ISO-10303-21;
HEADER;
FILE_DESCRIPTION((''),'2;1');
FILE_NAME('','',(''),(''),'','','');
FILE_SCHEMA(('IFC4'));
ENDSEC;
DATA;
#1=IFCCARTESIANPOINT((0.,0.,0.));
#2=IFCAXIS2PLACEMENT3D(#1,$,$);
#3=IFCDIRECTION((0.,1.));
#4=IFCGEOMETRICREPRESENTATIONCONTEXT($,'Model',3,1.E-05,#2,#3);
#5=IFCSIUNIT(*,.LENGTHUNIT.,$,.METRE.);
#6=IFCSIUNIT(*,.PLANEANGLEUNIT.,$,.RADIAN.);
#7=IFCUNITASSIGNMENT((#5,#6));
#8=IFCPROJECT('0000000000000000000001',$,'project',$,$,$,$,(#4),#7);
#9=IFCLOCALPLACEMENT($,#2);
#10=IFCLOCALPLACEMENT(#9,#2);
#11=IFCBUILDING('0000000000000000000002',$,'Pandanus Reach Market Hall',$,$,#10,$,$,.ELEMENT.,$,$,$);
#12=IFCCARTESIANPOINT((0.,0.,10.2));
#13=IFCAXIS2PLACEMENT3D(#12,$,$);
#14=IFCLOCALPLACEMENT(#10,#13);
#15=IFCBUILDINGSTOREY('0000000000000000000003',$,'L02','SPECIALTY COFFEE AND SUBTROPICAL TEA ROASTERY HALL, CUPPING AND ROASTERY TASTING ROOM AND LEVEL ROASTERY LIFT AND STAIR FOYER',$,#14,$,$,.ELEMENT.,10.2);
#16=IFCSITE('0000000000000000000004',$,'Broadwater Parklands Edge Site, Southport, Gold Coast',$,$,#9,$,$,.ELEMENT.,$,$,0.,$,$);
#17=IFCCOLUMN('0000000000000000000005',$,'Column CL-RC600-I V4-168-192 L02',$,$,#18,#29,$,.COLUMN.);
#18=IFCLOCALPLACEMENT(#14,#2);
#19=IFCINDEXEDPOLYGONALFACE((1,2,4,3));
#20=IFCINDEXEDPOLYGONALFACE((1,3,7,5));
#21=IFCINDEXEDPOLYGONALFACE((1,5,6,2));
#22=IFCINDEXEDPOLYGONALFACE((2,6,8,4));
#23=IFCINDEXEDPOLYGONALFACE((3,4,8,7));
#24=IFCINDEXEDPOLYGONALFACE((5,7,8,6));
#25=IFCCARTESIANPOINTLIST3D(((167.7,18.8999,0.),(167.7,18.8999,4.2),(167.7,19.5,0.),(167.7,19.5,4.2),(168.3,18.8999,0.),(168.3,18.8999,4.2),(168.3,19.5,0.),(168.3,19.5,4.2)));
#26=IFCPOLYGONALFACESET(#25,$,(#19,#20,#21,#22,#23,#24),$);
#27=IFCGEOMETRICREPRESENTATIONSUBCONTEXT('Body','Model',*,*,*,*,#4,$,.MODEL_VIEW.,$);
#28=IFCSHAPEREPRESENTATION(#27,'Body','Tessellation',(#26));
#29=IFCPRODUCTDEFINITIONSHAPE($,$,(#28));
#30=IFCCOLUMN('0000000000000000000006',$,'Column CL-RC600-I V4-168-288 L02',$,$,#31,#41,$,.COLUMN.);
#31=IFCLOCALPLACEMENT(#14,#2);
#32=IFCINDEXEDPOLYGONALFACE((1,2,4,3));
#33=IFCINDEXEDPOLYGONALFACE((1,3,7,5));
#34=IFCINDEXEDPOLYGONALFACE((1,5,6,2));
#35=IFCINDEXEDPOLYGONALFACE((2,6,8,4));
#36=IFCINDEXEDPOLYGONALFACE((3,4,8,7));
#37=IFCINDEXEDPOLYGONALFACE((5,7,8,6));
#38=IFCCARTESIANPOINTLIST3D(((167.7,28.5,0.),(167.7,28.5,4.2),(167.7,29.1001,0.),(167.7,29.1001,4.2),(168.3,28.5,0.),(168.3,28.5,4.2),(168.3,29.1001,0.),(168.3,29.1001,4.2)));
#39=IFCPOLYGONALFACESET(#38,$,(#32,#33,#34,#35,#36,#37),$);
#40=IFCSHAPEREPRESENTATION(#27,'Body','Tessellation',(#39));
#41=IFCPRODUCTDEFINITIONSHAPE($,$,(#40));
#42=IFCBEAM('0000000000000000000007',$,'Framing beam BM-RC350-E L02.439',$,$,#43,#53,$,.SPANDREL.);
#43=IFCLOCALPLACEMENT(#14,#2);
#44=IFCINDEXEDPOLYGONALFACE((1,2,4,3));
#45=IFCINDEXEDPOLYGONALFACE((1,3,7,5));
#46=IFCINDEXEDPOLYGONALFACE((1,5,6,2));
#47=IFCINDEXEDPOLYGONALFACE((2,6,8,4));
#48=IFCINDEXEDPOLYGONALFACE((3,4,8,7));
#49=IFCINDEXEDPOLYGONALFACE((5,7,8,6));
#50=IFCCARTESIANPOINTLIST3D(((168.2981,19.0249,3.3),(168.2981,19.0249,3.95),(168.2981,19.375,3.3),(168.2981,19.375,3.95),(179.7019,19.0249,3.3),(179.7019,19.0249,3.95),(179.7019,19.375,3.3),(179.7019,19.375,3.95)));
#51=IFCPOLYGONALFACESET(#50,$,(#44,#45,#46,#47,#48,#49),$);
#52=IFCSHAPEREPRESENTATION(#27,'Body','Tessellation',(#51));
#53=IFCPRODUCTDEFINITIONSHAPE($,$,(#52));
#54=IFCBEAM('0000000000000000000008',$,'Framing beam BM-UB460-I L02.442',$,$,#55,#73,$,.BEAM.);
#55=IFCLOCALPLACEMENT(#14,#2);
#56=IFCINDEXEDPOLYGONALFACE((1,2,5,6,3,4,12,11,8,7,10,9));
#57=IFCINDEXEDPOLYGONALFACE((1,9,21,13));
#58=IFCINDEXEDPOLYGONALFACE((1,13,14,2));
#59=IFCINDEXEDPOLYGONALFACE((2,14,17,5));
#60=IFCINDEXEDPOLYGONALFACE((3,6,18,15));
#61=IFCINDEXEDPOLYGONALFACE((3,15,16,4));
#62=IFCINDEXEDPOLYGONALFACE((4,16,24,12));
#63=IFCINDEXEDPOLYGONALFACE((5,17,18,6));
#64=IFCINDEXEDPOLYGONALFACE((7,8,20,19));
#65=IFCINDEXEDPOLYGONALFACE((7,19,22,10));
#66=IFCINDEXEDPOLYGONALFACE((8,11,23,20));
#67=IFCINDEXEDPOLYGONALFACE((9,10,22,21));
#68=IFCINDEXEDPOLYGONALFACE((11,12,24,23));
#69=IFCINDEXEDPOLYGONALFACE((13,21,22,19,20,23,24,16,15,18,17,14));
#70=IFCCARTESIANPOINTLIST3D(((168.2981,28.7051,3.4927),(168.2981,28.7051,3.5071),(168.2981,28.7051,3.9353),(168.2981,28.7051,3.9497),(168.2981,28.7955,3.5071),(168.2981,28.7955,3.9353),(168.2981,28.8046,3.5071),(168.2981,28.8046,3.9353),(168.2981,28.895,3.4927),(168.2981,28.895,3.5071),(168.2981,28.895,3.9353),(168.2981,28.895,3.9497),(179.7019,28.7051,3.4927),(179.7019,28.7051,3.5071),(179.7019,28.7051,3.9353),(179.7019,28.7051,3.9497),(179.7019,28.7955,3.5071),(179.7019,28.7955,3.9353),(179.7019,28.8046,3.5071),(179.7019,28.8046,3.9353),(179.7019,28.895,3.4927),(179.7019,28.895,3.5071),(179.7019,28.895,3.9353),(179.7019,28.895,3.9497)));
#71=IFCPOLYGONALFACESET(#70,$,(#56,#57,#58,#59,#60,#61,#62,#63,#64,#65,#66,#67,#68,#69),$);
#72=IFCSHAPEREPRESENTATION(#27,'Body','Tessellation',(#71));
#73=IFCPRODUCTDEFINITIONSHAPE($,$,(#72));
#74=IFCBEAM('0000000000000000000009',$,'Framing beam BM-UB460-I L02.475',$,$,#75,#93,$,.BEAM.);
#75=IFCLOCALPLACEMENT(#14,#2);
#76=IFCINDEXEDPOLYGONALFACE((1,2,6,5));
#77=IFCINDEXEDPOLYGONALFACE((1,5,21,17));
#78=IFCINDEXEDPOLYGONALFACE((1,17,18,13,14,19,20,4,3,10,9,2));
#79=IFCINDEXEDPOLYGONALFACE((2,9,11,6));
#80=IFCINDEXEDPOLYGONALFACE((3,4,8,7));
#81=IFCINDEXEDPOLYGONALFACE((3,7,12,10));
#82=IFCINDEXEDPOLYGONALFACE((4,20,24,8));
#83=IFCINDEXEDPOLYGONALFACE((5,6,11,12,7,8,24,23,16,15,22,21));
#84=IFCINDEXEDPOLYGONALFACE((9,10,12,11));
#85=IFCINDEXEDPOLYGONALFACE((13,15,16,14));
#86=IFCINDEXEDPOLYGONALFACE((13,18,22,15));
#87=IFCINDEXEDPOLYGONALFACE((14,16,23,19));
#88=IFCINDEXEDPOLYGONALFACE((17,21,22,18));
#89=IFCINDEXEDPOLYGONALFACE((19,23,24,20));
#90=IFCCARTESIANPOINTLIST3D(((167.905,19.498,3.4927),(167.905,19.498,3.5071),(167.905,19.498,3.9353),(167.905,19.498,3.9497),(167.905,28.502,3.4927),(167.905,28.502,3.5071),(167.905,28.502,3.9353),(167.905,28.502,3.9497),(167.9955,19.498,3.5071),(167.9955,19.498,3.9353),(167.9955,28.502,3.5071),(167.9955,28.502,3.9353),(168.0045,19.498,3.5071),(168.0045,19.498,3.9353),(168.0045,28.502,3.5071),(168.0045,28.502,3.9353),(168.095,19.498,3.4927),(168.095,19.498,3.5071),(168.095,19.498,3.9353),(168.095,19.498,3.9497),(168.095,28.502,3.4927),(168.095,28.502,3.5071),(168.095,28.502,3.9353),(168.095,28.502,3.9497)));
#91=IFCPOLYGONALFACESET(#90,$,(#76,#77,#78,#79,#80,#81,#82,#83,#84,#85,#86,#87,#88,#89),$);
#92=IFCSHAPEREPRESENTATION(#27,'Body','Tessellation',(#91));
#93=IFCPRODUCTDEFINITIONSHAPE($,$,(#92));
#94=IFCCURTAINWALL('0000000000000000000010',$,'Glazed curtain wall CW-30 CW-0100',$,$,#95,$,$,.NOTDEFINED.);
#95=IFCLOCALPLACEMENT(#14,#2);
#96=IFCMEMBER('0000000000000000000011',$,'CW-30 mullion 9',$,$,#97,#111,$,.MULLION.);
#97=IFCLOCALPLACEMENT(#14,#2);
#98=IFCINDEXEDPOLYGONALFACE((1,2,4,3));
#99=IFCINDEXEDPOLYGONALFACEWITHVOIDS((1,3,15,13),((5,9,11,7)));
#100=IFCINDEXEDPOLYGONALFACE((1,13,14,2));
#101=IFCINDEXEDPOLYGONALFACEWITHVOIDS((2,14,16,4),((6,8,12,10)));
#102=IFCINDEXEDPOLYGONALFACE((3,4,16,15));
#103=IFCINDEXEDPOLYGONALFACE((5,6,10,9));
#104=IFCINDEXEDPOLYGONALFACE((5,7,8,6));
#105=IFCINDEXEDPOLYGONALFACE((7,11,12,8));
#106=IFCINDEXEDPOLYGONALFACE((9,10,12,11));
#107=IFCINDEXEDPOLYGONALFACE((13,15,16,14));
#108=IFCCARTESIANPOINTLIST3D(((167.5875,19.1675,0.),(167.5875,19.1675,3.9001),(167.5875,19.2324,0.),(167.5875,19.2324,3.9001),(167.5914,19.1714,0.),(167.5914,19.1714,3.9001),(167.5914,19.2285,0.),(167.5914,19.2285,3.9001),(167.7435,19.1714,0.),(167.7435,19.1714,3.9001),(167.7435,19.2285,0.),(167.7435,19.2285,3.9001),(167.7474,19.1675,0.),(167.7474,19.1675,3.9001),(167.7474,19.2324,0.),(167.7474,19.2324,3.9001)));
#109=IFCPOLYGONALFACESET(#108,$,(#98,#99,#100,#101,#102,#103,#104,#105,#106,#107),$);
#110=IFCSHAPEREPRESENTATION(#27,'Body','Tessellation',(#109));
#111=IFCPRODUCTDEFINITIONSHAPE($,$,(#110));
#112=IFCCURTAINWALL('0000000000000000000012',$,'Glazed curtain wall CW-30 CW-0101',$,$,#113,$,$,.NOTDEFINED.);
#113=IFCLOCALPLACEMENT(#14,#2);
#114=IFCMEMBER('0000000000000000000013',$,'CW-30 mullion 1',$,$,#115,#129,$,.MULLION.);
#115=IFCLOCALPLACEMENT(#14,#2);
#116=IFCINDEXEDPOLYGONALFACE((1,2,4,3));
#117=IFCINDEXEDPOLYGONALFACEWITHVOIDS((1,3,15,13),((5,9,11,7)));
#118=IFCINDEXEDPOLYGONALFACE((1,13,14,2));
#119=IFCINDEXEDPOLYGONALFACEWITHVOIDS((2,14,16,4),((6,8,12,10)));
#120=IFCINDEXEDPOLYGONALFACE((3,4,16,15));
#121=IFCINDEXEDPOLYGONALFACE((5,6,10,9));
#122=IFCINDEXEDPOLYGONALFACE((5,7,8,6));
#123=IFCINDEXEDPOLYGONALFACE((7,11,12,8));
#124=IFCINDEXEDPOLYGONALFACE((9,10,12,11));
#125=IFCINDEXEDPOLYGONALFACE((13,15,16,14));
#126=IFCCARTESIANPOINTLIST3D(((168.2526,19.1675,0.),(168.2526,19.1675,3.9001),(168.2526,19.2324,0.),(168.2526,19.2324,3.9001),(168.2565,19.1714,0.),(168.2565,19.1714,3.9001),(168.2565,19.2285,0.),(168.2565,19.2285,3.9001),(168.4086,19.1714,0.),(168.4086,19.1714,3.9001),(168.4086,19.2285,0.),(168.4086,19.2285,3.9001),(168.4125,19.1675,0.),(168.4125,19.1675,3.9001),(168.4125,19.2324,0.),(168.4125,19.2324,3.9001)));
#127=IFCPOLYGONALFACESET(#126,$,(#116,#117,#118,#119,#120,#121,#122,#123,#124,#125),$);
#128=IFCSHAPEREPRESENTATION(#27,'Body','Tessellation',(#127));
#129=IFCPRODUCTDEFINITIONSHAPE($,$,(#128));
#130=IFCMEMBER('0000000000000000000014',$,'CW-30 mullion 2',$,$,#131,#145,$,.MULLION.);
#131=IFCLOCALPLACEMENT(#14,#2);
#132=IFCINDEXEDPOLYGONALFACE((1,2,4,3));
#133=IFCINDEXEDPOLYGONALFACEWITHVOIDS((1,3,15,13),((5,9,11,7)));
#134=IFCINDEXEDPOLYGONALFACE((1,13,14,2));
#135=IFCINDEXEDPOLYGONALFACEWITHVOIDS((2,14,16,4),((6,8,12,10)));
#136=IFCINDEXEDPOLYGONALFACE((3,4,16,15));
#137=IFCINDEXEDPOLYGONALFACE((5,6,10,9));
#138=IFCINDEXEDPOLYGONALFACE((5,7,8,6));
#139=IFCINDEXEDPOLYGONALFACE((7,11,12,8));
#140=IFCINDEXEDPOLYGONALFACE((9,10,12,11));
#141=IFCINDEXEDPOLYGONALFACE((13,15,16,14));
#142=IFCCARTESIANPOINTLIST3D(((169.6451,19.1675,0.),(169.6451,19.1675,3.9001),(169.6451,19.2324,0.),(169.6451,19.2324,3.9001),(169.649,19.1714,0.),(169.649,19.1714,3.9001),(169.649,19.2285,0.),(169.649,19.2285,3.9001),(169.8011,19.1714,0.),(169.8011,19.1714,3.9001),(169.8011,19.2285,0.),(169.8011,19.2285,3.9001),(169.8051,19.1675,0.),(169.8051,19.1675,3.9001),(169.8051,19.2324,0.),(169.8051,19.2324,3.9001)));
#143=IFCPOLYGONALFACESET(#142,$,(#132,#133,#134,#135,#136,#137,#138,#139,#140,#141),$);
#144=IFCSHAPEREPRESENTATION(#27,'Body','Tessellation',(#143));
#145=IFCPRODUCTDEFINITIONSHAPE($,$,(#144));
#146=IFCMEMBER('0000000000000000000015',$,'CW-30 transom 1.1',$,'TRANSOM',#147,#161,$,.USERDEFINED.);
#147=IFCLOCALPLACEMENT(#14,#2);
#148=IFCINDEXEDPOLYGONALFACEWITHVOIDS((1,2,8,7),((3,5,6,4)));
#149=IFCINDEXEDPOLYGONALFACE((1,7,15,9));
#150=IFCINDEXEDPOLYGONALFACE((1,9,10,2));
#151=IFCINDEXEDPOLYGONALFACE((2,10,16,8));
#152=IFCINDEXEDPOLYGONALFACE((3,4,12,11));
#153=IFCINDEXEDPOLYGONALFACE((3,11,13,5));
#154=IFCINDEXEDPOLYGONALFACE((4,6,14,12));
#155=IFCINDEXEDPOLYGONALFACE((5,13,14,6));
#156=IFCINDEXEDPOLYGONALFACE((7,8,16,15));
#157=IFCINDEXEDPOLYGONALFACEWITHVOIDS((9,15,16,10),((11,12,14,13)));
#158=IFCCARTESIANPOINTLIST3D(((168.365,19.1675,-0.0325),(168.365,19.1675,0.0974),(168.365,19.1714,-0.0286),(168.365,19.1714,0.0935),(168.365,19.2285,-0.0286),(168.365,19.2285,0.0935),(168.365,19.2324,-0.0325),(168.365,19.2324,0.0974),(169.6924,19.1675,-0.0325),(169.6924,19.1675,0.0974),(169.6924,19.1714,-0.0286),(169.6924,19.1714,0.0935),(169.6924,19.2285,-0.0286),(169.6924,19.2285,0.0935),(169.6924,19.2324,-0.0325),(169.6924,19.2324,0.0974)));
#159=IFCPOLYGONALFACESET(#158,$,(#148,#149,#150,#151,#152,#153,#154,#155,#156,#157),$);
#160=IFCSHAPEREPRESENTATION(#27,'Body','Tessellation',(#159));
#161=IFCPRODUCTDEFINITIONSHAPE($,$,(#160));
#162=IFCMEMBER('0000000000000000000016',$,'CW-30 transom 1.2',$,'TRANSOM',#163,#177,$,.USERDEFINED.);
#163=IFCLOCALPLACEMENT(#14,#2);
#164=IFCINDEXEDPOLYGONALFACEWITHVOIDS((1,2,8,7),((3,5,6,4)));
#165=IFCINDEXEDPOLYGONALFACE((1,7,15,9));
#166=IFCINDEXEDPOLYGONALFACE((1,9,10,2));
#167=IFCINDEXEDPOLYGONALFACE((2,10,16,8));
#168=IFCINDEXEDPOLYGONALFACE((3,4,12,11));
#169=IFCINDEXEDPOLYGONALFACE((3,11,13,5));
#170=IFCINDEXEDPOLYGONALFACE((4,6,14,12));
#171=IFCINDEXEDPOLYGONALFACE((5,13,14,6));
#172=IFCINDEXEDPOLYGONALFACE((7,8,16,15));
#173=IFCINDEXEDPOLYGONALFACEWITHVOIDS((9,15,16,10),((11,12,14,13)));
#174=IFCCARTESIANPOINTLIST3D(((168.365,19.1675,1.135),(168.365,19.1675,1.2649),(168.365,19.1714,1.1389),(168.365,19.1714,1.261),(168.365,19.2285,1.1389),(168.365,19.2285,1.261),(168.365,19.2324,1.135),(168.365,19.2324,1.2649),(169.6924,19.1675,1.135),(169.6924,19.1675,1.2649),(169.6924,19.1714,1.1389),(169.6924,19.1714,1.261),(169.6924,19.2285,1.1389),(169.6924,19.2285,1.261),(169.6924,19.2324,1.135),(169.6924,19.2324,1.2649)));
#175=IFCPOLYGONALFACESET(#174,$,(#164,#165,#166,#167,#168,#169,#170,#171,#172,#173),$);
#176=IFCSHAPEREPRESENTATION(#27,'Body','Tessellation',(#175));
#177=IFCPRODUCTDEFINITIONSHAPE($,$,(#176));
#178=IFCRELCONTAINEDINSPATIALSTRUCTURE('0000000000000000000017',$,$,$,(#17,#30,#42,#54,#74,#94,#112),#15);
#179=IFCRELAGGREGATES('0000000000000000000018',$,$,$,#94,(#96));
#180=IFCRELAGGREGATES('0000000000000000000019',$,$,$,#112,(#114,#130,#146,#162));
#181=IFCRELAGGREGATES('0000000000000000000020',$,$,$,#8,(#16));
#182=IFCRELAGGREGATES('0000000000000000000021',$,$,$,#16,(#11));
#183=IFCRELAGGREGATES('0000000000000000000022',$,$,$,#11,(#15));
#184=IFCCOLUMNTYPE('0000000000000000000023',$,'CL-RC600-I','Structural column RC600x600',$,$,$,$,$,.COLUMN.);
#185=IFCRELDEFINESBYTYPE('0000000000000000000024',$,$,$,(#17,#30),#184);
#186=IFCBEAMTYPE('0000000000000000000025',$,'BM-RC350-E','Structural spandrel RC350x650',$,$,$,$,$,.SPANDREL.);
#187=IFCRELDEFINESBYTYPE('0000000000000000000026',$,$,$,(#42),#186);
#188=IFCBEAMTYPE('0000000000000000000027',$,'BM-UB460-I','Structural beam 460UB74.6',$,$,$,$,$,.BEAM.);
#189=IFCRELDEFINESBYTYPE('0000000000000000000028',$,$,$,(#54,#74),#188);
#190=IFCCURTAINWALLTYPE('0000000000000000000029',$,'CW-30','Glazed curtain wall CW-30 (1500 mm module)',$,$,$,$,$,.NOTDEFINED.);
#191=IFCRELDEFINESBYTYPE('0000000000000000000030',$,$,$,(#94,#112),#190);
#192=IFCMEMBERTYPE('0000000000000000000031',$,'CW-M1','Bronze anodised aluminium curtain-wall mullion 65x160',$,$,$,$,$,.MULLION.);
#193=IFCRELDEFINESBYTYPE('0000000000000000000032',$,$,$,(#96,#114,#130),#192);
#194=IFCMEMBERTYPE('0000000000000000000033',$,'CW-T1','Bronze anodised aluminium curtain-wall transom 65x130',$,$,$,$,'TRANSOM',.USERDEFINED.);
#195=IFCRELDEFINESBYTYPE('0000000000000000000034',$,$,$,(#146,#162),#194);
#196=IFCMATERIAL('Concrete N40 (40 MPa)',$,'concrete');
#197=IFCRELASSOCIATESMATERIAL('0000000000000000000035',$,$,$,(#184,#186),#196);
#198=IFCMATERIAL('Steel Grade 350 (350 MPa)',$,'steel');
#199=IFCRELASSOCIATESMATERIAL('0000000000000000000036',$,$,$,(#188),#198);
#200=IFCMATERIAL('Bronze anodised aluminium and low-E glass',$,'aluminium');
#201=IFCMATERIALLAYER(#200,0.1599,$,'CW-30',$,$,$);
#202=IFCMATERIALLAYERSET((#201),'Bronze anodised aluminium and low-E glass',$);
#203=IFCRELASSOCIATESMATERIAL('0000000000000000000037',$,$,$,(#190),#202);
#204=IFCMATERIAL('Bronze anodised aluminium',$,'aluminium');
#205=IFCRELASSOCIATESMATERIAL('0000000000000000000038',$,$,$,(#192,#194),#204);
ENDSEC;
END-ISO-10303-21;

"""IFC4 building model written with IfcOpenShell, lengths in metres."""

from ifc_helpers import new_model, si_unit, direction, frame, origin, origin_2d, place, context, subcontext, project, spatial, rectangle, hollow_rectangle, i_section, extrude, material, layer, layer_set, material_profile, profile_set, type_object, element, aggregate, save


model = new_model("IFC4")

# Units and contexts
model_context = context("Model", 3, precision=1e-05, world=origin(), true_north=direction((0.0, 1.0)))
body_context = subcontext(model_context, "Body", "Model", "MODEL_VIEW")
ifc_project = project(units=[si_unit("LENGTHUNIT", "METRE"), si_unit("PLANEANGLEUNIT", "RADIAN")], contexts=[model_context])

# Site, building, storey
site_placement = place(None, origin())
site = spatial("IfcSite", under=ifc_project, at=site_placement, Name="Broadwater Parklands Edge Site, Southport, Gold Coast", CompositionType="ELEMENT", RefElevation=0.0)
building_placement = place(site_placement, origin())
building = spatial("IfcBuilding", under=site, at=building_placement, Name="Pandanus Reach Market Hall", CompositionType="ELEMENT")
storey_placement = place(building_placement, frame((0.0, 0.0, 10.2)))
storey = spatial("IfcBuildingStorey", under=building, at=storey_placement, Name="L02", Description="SPECIALTY COFFEE AND SUBTROPICAL TEA ROASTERY HALL, CUPPING AND ROASTERY TASTING ROOM AND LEVEL ROASTERY LIFT AND STAIR FOYER", CompositionType="ELEMENT", Elevation=10.2)

# Columns
ifc_material_1 = material(Name="Concrete N40 (40 MPa)", Category="concrete")
ifc_material_profile_1 = material_profile(ifc_material_1, rectangle(XDim=0.6001, YDim=0.6001, at=origin_2d()), Name="RC600x600", Category="LoadBearing")
ifc_profile_set_1 = profile_set([ifc_material_profile_1], Name="Concrete N40 (40 MPa)")
column_type = type_object("IfcColumnType", Name="CL-RC600-I", Description="Structural column RC600x600", PredefinedType="COLUMN", material=ifc_profile_set_1)
for number, where, z_axis, x_axis, name in (
    (1, (168.0, 19.2, 0.0), (0.0, 0.0, 1.0), (1.0, 0.0, 0.0), "Column CL-RC600-I V4-168-192 L02"),
    (2, (168.0, 28.8, 0.0), (0.0, 0.0, 1.0), (1.0, 0.0, 0.0), "Column CL-RC600-I V4-168-288 L02"),
):
    element("IfcColumn", number, at=place(storey_placement, frame(where, z_axis=z_axis, x_axis=x_axis)), inside=storey, type_object=column_type, Name=name, PredefinedType="COLUMN", context=body_context, shape_type="SweptSolid", body=[
        extrude(rectangle(XDim=0.6001, YDim=0.6001, at=origin_2d()), origin(), (0.0, 0.0, 1.0), 4.2),
    ])

# Beams
ifc_material_profile_2 = material_profile(ifc_material_1, rectangle(XDim=0.3501, YDim=0.6499, at=origin_2d()), Name="RC350x650", Category="LoadBearing")
ifc_profile_set_2 = profile_set([ifc_material_profile_2], Name="Concrete N40 (40 MPa)")
beam_type_1 = type_object("IfcBeamType", Name="BM-RC350-E", Description="Structural spandrel RC350x650", PredefinedType="SPANDREL", material=ifc_profile_set_2)
beam_1_placement = place(storey_placement, frame((168.2981, 19.2, 3.625), z_axis=(1.0, 0.0, 0.0), x_axis=(0.0, 1.0, 0.0)))
element("IfcBeam", 3, at=beam_1_placement, inside=storey, type_object=beam_type_1, Name="Framing beam BM-RC350-E L02.439", PredefinedType="SPANDREL", context=body_context, shape_type="SweptSolid", body=[
    extrude(rectangle(XDim=0.3501, YDim=0.6499, at=origin_2d()), origin(), (0.0, 0.0, 1.0), 11.4038),
])
ifc_material_2 = material(Name="Steel Grade 350 (350 MPa)", Category="steel")
ifc_material_profile_3 = material_profile(ifc_material_2, i_section(OverallWidth=0.1899, OverallDepth=0.457, WebThickness=0.009, FlangeThickness=0.0144, at=origin_2d()), Name="460UB74.6", Category="LoadBearing")
ifc_profile_set_3 = profile_set([ifc_material_profile_3], Name="Steel Grade 350 (350 MPa)")
beam_type_2 = type_object("IfcBeamType", Name="BM-UB460-I", Description="Structural beam 460UB74.6", PredefinedType="BEAM", material=ifc_profile_set_3)
beam_2_placement = place(storey_placement, frame((168.2981, 28.8, 3.7212), z_axis=(1.0, 0.0, 0.0), x_axis=(0.0, 1.0, 0.0)))
element("IfcBeam", 4, at=beam_2_placement, inside=storey, type_object=beam_type_2, Name="Framing beam BM-UB460-I L02.442", PredefinedType="BEAM", context=body_context, shape_type="SweptSolid", body=[
    extrude(i_section(OverallWidth=0.1899, OverallDepth=0.457, WebThickness=0.009, FlangeThickness=0.0144, at=origin_2d()), origin(), (0.0, 0.0, 1.0), 11.4038),
])
beam_3_placement = place(storey_placement, frame((168.0, 19.498, 3.7212), z_axis=(0.0, 1.0, 0.0), x_axis=(-1.0, 0.0, 0.0)))
element("IfcBeam", 5, at=beam_3_placement, inside=storey, type_object=beam_type_2, Name="Framing beam BM-UB460-I L02.475", PredefinedType="BEAM", context=body_context, shape_type="SweptSolid", body=[
    extrude(i_section(OverallWidth=0.1899, OverallDepth=0.457, WebThickness=0.009, FlangeThickness=0.0144, at=origin_2d()), origin(), (0.0, 0.0, 1.0), 9.0039),
])

# Curtain wall, member
ifc_material_3 = material(Name="Bronze anodised aluminium and low-E glass", Category="aluminium")
ifc_layer_1 = layer(ifc_material_3, 0.1599, Name="CW-30")
ifc_layer_set_1 = layer_set([ifc_layer_1], Name="Bronze anodised aluminium and low-E glass")
curtain_wall_type = type_object("IfcCurtainWallType", Name="CW-30", Description="Glazed curtain wall CW-30 (1500 mm module)", PredefinedType="NOTDEFINED", material=ifc_layer_set_1)
curtain_wall_1_placement = place(storey_placement, origin())
curtain_wall_1 = element("IfcCurtainWall", 6, at=curtain_wall_1_placement, inside=storey, type_object=curtain_wall_type, Name="Glazed curtain wall CW-30 CW-0100", PredefinedType="NOTDEFINED")
ifc_material_4 = material(Name="Bronze anodised aluminium", Category="aluminium")
ifc_material_profile_4 = material_profile(ifc_material_4, hollow_rectangle(XDim=0.0649, YDim=0.1599, WallThickness=0.0039, at=origin_2d()), Name="ALU65x160", Category="LoadBearing")
ifc_profile_set_4 = profile_set([ifc_material_profile_4], Name="Bronze anodised aluminium")
member_type_1 = type_object("IfcMemberType", Name="CW-M1", Description="Bronze anodised aluminium curtain-wall mullion 65x160", PredefinedType="MULLION", material=ifc_profile_set_4)
member_1_placement = place(storey_placement, frame((167.6675, 19.2, 0.0), z_axis=(0.0, 0.0, 1.0), x_axis=(0.0, 1.0, 0.0)))
member_1 = element("IfcMember", 7, at=member_1_placement, type_object=member_type_1, Name="CW-30 mullion 9", PredefinedType="MULLION", context=body_context, shape_type="SweptSolid", body=[
    extrude(hollow_rectangle(XDim=0.0649, YDim=0.1599, WallThickness=0.0039, at=origin_2d()), origin(), (0.0, 0.0, 1.0), 3.9001),
])

# Curtain wall, members
curtain_wall_2_placement = place(storey_placement, origin())
curtain_wall_2 = element("IfcCurtainWall", 8, at=curtain_wall_2_placement, inside=storey, type_object=curtain_wall_type, Name="Glazed curtain wall CW-30 CW-0101", PredefinedType="NOTDEFINED")
member_2_placement = place(storey_placement, frame((168.3325, 19.2, 0.0), z_axis=(0.0, 0.0, 1.0), x_axis=(0.0, 1.0, 0.0)))
member_2 = element("IfcMember", 9, at=member_2_placement, type_object=member_type_1, Name="CW-30 mullion 1", PredefinedType="MULLION", context=body_context, shape_type="SweptSolid", body=[
    extrude(hollow_rectangle(XDim=0.0649, YDim=0.1599, WallThickness=0.0039, at=origin_2d()), origin(), (0.0, 0.0, 1.0), 3.9001),
])
member_3_placement = place(storey_placement, frame((169.7251, 19.2, 0.0), z_axis=(0.0, 0.0, 1.0), x_axis=(0.0, 1.0, 0.0)))
member_3 = element("IfcMember", 10, at=member_3_placement, type_object=member_type_1, Name="CW-30 mullion 2", PredefinedType="MULLION", context=body_context, shape_type="SweptSolid", body=[
    extrude(hollow_rectangle(XDim=0.0649, YDim=0.1599, WallThickness=0.0039, at=origin_2d()), origin(), (0.0, 0.0, 1.0), 3.9001),
])
ifc_material_profile_5 = material_profile(ifc_material_4, hollow_rectangle(XDim=0.0649, YDim=0.1299, WallThickness=0.0039, at=origin_2d()), Name="ALU65x130", Category="LoadBearing")
ifc_profile_set_5 = profile_set([ifc_material_profile_5], Name="Bronze anodised aluminium")
member_type_2 = type_object("IfcMemberType", Name="CW-T1", Description="Bronze anodised aluminium curtain-wall transom 65x130", ElementType="TRANSOM", PredefinedType="USERDEFINED", material=ifc_profile_set_5)
member_4_placement = place(storey_placement, frame((168.365, 19.2, 0.0325), z_axis=(1.0, 0.0, 0.0), x_axis=(0.0, 1.0, 0.0)))
member_4 = element("IfcMember", 11, at=member_4_placement, type_object=member_type_2, Name="CW-30 transom 1.1", ObjectType="TRANSOM", PredefinedType="USERDEFINED", context=body_context, shape_type="SweptSolid", body=[
    extrude(hollow_rectangle(XDim=0.0649, YDim=0.1299, WallThickness=0.0039, at=origin_2d()), origin(), (0.0, 0.0, 1.0), 1.3274),
])
member_5_placement = place(storey_placement, frame((168.365, 19.2, 1.2), z_axis=(1.0, 0.0, 0.0), x_axis=(0.0, 1.0, 0.0)))
member_5 = element("IfcMember", 12, at=member_5_placement, type_object=member_type_2, Name="CW-30 transom 1.2", ObjectType="TRANSOM", PredefinedType="USERDEFINED", context=body_context, shape_type="SweptSolid", body=[
    extrude(hollow_rectangle(XDim=0.0649, YDim=0.1299, WallThickness=0.0039, at=origin_2d()), origin(), (0.0, 0.0, 1.0), 1.3274),
])

aggregate(curtain_wall_1, [member_1])
aggregate(curtain_wall_2, [member_2, member_3, member_4, member_5])

save(model, "model.ifc")
